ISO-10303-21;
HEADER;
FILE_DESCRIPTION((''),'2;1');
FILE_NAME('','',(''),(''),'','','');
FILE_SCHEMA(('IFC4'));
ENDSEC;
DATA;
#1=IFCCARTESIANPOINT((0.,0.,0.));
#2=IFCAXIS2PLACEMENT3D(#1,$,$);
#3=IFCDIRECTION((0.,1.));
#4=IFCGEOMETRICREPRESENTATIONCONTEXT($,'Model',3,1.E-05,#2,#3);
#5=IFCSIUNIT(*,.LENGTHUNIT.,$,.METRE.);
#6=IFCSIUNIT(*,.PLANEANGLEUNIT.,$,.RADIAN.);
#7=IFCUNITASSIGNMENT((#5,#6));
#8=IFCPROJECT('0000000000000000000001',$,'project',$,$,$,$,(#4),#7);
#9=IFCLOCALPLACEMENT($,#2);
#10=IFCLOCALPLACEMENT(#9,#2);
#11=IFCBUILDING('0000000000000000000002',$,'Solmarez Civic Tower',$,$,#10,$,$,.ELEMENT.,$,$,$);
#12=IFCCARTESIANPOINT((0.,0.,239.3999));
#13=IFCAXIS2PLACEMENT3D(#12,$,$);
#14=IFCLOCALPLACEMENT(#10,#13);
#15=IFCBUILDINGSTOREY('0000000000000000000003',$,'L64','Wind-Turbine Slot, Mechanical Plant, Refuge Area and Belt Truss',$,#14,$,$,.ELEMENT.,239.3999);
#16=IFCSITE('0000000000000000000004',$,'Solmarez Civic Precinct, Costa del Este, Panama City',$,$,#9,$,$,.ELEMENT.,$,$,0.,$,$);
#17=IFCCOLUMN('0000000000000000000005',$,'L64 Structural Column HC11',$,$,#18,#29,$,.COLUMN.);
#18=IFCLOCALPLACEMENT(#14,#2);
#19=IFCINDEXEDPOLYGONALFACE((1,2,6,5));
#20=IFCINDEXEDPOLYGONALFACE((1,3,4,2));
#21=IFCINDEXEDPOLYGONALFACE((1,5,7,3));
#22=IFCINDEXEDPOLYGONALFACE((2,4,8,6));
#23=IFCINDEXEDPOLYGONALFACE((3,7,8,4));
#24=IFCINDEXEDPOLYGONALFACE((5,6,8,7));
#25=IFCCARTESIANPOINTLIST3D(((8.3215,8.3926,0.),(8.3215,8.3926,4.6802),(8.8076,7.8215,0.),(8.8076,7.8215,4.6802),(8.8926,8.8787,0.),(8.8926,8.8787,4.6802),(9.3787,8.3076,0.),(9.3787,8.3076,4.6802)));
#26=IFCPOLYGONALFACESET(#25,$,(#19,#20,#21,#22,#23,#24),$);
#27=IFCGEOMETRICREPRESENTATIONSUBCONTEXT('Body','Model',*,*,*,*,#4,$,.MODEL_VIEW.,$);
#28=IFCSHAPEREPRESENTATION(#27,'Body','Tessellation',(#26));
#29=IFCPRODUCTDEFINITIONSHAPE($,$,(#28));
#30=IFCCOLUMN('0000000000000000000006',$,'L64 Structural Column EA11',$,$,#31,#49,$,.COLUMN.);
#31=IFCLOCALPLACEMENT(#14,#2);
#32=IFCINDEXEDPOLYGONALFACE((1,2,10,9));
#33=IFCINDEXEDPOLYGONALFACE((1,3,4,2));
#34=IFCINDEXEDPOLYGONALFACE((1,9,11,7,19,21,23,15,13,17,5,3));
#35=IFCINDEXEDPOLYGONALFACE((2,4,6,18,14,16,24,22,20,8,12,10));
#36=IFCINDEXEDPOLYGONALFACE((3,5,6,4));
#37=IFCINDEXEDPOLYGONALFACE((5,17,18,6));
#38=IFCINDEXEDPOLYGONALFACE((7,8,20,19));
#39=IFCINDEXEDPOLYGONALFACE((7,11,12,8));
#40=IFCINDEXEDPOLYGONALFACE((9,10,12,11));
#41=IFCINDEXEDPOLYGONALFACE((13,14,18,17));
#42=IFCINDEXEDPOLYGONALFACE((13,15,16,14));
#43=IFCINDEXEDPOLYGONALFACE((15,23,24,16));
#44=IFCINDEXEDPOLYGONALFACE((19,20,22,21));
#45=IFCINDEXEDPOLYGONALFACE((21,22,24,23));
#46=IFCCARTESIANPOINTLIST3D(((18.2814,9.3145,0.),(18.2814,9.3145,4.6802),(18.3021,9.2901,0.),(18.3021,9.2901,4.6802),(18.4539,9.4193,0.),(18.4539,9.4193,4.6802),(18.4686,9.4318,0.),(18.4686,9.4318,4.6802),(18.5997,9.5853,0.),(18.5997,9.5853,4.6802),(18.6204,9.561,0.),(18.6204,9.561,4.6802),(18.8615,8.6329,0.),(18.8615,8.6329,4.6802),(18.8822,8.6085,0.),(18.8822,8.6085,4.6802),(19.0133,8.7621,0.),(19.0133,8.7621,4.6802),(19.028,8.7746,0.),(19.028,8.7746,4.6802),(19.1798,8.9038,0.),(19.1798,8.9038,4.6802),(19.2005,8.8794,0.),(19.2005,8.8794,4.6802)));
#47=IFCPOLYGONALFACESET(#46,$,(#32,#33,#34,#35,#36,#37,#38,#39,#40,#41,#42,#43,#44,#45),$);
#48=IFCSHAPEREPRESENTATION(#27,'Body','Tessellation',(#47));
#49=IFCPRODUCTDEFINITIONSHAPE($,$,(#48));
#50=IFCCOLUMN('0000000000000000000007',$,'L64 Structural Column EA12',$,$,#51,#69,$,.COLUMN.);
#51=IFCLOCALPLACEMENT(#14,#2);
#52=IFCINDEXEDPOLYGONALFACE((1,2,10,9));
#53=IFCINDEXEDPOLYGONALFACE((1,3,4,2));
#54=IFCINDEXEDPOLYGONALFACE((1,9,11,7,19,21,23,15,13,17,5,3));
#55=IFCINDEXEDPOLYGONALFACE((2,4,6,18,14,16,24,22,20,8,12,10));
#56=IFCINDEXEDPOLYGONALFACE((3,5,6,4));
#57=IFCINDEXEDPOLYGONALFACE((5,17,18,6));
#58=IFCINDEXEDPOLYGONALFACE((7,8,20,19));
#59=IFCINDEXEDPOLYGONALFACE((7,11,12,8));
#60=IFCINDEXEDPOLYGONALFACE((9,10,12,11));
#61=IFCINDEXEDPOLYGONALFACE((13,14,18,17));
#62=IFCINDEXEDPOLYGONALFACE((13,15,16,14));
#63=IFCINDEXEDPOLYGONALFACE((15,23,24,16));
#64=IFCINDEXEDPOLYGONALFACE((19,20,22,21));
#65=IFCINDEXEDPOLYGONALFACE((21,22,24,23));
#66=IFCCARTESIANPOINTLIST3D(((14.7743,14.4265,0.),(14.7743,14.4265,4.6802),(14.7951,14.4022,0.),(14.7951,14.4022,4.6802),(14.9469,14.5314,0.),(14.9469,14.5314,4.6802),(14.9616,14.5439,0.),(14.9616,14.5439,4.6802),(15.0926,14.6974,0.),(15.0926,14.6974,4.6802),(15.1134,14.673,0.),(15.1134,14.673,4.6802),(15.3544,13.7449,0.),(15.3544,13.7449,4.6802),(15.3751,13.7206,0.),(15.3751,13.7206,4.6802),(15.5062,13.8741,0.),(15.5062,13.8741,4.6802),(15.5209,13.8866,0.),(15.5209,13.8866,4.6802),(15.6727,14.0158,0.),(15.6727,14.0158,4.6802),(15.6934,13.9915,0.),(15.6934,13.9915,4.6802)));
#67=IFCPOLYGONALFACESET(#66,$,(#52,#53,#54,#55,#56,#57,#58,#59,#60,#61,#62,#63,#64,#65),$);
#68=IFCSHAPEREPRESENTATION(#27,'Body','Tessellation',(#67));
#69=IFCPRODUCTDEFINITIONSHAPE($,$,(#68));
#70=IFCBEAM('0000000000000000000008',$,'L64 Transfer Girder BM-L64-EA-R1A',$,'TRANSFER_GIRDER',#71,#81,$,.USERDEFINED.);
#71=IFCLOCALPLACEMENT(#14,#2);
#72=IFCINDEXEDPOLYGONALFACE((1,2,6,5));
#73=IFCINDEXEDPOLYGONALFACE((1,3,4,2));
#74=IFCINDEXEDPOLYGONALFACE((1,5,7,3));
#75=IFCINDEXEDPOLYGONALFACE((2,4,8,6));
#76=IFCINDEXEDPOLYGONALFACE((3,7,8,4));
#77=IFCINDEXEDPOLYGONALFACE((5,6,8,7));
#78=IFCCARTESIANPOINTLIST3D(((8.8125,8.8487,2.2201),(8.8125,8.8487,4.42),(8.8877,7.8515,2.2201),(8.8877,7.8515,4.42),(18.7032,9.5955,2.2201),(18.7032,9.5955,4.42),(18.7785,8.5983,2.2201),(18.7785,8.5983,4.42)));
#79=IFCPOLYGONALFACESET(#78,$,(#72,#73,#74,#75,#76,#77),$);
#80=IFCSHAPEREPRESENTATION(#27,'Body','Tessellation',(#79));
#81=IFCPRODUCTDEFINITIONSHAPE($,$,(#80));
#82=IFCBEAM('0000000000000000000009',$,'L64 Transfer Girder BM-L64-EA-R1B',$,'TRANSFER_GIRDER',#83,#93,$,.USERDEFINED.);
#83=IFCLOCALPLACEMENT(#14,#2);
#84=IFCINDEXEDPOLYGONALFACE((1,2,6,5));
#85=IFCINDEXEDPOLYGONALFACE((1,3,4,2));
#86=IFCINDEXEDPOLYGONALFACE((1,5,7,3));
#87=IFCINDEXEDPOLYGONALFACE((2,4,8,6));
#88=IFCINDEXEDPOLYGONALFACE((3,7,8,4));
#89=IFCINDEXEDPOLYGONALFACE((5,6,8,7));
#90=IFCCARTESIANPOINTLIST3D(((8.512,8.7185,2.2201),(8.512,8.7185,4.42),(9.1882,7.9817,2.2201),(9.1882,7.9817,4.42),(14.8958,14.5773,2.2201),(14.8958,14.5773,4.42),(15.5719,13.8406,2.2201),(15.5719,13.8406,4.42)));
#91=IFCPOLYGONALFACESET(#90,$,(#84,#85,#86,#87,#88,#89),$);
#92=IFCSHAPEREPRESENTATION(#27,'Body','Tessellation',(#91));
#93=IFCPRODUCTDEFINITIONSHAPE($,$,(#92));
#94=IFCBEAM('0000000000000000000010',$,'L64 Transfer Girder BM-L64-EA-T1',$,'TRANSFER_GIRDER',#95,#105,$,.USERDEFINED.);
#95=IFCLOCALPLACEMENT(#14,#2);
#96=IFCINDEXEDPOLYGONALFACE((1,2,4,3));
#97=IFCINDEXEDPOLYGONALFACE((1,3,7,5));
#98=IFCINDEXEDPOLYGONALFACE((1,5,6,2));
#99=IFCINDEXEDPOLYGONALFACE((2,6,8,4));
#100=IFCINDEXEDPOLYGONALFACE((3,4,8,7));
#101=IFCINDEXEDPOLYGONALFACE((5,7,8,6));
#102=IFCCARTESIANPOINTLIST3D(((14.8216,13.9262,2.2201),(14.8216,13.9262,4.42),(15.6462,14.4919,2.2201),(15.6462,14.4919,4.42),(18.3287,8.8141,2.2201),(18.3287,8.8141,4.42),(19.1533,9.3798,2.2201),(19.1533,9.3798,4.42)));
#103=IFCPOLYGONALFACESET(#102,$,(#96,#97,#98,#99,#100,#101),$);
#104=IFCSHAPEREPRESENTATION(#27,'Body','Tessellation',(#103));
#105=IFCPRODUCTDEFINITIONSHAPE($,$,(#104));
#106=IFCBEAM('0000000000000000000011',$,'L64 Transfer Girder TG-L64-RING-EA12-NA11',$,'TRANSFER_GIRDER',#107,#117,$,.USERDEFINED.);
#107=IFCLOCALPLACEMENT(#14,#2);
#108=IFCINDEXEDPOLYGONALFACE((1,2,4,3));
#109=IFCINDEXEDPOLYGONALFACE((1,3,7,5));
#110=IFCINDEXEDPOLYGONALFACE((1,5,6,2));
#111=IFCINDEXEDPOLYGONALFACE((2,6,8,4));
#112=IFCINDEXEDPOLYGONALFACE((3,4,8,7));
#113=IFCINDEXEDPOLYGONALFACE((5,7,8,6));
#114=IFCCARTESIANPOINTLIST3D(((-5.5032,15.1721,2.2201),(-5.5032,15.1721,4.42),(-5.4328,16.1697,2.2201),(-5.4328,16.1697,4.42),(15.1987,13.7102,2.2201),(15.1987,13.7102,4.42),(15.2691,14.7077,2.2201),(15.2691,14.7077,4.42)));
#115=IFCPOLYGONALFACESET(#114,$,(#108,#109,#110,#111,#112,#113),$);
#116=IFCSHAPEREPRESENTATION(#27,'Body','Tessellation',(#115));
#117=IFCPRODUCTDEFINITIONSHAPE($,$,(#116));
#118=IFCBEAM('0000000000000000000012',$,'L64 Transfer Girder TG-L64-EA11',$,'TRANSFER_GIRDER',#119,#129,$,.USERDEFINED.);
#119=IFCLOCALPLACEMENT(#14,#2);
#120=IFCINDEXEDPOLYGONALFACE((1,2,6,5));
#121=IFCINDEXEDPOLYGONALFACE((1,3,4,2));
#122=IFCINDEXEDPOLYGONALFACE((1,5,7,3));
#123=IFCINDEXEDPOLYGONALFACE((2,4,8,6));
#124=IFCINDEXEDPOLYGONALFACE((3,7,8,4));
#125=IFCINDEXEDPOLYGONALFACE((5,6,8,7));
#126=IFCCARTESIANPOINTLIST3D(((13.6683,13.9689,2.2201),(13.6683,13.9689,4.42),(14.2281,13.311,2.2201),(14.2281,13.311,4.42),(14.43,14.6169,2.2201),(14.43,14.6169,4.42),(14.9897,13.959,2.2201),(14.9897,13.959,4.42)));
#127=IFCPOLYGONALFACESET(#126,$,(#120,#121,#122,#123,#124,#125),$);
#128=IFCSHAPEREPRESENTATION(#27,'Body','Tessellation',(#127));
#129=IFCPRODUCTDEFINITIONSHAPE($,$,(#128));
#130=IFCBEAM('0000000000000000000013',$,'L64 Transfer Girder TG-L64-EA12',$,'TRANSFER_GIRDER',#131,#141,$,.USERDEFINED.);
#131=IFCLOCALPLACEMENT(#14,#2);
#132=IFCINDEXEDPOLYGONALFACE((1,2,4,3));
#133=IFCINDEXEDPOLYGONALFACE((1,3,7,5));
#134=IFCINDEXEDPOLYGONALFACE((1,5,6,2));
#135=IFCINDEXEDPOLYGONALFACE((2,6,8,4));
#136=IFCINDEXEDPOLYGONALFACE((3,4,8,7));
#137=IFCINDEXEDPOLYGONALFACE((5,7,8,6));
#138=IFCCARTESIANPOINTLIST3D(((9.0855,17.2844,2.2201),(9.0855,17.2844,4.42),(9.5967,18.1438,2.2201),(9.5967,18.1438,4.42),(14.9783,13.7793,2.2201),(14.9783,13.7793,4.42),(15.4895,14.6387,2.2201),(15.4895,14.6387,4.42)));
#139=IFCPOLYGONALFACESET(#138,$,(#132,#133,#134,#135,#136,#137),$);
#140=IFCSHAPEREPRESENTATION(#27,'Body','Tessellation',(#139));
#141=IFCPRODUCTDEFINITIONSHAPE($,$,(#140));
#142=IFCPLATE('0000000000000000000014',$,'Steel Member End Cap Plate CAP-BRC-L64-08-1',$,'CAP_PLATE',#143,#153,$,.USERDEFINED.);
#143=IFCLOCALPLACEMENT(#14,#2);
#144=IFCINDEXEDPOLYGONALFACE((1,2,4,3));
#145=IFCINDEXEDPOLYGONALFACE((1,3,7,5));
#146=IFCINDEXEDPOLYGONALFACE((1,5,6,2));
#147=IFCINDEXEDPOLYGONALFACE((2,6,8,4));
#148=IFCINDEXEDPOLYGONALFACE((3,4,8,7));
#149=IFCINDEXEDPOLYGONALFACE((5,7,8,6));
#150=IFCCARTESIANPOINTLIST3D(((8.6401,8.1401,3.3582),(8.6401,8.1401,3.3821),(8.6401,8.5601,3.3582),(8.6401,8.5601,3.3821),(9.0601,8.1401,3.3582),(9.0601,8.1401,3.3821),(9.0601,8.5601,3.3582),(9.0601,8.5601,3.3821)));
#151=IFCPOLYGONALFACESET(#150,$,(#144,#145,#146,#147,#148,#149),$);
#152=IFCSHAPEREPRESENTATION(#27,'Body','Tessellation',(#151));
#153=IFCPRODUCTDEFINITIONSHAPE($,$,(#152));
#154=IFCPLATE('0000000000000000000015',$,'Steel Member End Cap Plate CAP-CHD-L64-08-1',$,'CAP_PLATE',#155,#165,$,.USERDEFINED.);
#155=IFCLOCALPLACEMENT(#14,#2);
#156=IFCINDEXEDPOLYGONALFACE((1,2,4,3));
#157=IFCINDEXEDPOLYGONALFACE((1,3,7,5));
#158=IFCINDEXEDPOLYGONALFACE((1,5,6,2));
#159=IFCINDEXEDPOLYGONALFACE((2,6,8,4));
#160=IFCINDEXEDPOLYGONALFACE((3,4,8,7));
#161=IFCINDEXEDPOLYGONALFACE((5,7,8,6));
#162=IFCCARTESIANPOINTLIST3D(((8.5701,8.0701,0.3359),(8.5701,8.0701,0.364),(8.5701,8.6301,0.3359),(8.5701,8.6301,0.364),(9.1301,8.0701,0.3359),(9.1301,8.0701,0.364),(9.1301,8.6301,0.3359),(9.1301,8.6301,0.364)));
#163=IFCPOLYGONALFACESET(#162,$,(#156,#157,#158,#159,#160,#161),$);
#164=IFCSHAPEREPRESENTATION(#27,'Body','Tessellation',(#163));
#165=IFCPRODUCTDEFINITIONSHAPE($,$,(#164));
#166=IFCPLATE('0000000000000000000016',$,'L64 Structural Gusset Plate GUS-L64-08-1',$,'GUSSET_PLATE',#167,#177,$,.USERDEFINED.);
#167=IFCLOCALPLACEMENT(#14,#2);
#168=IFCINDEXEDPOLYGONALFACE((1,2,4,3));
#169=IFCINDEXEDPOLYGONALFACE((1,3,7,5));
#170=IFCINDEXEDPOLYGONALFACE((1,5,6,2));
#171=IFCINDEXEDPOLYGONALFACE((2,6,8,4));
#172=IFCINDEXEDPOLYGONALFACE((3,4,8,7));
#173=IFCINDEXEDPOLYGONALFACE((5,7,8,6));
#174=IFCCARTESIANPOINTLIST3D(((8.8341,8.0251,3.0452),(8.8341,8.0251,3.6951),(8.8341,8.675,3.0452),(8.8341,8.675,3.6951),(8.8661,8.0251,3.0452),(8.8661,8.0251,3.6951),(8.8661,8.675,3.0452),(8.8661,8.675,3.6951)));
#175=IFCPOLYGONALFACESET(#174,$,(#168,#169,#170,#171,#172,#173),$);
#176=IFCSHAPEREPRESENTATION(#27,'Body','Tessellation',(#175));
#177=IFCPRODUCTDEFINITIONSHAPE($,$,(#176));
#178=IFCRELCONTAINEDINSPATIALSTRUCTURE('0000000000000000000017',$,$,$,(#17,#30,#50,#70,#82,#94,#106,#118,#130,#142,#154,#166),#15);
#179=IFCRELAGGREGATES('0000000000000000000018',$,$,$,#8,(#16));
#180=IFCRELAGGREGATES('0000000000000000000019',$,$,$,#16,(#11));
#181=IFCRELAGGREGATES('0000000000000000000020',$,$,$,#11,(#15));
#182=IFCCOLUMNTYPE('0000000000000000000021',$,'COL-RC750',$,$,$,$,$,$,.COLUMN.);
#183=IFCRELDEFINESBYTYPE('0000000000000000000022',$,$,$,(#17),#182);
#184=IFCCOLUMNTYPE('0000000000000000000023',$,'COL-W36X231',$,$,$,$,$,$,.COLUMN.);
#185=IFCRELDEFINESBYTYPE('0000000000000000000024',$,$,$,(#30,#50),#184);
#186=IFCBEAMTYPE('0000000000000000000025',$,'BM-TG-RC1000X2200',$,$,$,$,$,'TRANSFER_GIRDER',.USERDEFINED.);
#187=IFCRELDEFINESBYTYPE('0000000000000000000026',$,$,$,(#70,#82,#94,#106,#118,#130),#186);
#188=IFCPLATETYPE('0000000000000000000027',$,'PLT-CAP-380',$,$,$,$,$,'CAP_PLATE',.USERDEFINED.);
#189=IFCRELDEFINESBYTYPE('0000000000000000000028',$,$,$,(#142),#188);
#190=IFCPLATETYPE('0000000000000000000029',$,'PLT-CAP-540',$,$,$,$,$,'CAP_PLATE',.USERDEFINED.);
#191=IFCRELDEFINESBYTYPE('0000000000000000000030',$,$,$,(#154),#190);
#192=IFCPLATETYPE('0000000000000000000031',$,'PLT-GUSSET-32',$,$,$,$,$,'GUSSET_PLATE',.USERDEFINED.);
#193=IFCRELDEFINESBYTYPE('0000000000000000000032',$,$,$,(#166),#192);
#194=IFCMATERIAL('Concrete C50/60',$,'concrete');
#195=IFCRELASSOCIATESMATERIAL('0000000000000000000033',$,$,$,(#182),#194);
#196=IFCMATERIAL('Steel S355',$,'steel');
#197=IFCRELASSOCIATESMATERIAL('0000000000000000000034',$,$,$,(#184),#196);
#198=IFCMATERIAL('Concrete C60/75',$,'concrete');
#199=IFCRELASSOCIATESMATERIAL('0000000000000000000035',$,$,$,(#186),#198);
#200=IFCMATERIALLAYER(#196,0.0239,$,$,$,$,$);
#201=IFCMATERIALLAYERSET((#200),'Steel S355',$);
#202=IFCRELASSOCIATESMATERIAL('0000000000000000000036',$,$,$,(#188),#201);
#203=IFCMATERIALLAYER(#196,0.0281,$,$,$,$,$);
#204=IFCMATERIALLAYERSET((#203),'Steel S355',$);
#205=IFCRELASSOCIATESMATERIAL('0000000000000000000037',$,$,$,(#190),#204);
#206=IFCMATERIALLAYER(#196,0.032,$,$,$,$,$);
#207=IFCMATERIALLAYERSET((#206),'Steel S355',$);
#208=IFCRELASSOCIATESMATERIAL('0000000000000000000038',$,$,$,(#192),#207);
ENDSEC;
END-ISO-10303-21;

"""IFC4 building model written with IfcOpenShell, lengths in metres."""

from ifc_helpers import new_model, si_unit, direction, frame, origin, origin_2d, place, context, subcontext, project, spatial, rectangle, i_section, extrude, material, layer, layer_set, material_profile, profile_set, type_object, element, save


model = new_model("IFC4")

# Units and contexts
model_context = context("Model", 3, precision=1e-05, world=origin(), true_north=direction((0.0, 1.0)))
body_context = subcontext(model_context, "Body", "Model", "MODEL_VIEW")
ifc_project = project(units=[si_unit("LENGTHUNIT", "METRE"), si_unit("PLANEANGLEUNIT", "RADIAN")], contexts=[model_context])

# Site, building, storey
site_placement = place(None, origin())
site = spatial("IfcSite", under=ifc_project, at=site_placement, Name="Solmarez Civic Precinct, Costa del Este, Panama City", CompositionType="ELEMENT", RefElevation=0.0)
building_placement = place(site_placement, origin())
building = spatial("IfcBuilding", under=site, at=building_placement, Name="Solmarez Civic Tower", CompositionType="ELEMENT")
storey_placement = place(building_placement, frame((0.0, 0.0, 239.3999)))
storey = spatial("IfcBuildingStorey", under=building, at=storey_placement, Name="L64", Description="Wind-Turbine Slot, Mechanical Plant, Refuge Area and Belt Truss", CompositionType="ELEMENT", Elevation=239.3999)

# Columns
ifc_material_1 = material(Name="Concrete C50/60", Category="concrete")
ifc_material_profile_1 = material_profile(ifc_material_1, rectangle(XDim=0.75, YDim=0.75, at=origin_2d()), Name="RC750X750")
ifc_profile_set_1 = profile_set([ifc_material_profile_1], Name="Concrete C50/60")
column_type_1 = type_object("IfcColumnType", Name="COL-RC750", PredefinedType="COLUMN", material=ifc_profile_set_1)
column_placement = place(storey_placement, frame((8.8501, 8.3501, 0.0), z_axis=(0.0, 0.0, 1.0), x_axis=(0.761538, 0.64812, 0.0)))
element("IfcColumn", 1, at=column_placement, inside=storey, type_object=column_type_1, Name="L64 Structural Column HC11", PredefinedType="COLUMN", context=body_context, shape_type="SweptSolid", body=[
    extrude(rectangle(XDim=0.75, YDim=0.75, at=origin_2d()), origin(), (0.0, 0.0, 1.0), 4.6802),
])
ifc_material_2 = material(Name="Steel S355", Category="steel")
ifc_material_profile_2 = material_profile(ifc_material_2, i_section(OverallWidth=0.418, OverallDepth=0.927, WebThickness=0.0193, FlangeThickness=0.032, at=origin_2d()), Name="W36X231")
ifc_profile_set_2 = profile_set([ifc_material_profile_2], Name="Steel S355")
column_type_2 = type_object("IfcColumnType", Name="COL-W36X231", PredefinedType="COLUMN", material=ifc_profile_set_2)
for number, where, z_axis, x_axis, name in (
    (2, (18.741, 9.0969, 0.0), (0.0, 0.0, 1.0), (0.761538, 0.64812, 0.0), "L64 Structural Column EA11"),
    (3, (15.2339, 14.209, 0.0), (0.0, 0.0, 1.0), (0.761538, 0.64812, 0.0), "L64 Structural Column EA12"),
):
    element("IfcColumn", number, at=place(storey_placement, frame(where, z_axis=z_axis, x_axis=x_axis)), inside=storey, type_object=column_type_2, Name=name, PredefinedType="COLUMN", context=body_context, shape_type="SweptSolid", body=[
        extrude(i_section(OverallWidth=0.418, OverallDepth=0.927, WebThickness=0.0193, FlangeThickness=0.032, at=origin_2d()), origin(), (0.0, 0.0, 1.0), 4.6802),
    ])

# Beams
ifc_material_3 = material(Name="Concrete C60/75", Category="concrete")
ifc_material_profile_3 = material_profile(ifc_material_3, rectangle(XDim=1.0, YDim=2.2, at=origin_2d()), Name="RC1000X2200")
ifc_profile_set_3 = profile_set([ifc_material_profile_3], Name="Concrete C60/75")
beam_type = type_object("IfcBeamType", Name="BM-TG-RC1000X2200", ElementType="TRANSFER_GIRDER", PredefinedType="USERDEFINED", material=ifc_profile_set_3)
beam_1_placement = place(storey_placement, frame((8.8501, 8.3501, 3.3201), z_axis=(0.997162, 0.075292, 0.0), x_axis=(-0.075292, 0.997162, 0.0)))
element("IfcBeam", 4, at=beam_1_placement, inside=storey, type_object=beam_type, Name="L64 Transfer Girder BM-L64-EA-R1A", ObjectType="TRANSFER_GIRDER", PredefinedType="USERDEFINED", context=body_context, shape_type="SweptSolid", body=[
    extrude(rectangle(XDim=1.0, YDim=2.2, at=origin_2d()), origin(), (0.0, 0.0, 1.0), 9.9189),
])
beam_2_placement = place(storey_placement, frame((8.8501, 8.3501, 3.3201), z_axis=(0.736747, 0.676169, 0.0), x_axis=(-0.676169, 0.736747, 0.0)))
element("IfcBeam", 5, at=beam_2_placement, inside=storey, type_object=beam_type, Name="L64 Transfer Girder BM-L64-EA-R1B", ObjectType="TRANSFER_GIRDER", PredefinedType="USERDEFINED", context=body_context, shape_type="SweptSolid", body=[
    extrude(rectangle(XDim=1.0, YDim=2.2, at=origin_2d()), origin(), (0.0, 0.0, 1.0), 8.6648),
])
beam_3_placement = place(storey_placement, frame((18.741, 9.0969, 3.3201), z_axis=(-0.565711, 0.824603, 0.0), x_axis=(-0.824603, -0.565711, 0.0)))
element("IfcBeam", 6, at=beam_3_placement, inside=storey, type_object=beam_type, Name="L64 Transfer Girder BM-L64-EA-T1", ObjectType="TRANSFER_GIRDER", PredefinedType="USERDEFINED", context=body_context, shape_type="SweptSolid", body=[
    extrude(rectangle(XDim=1.0, YDim=2.2, at=origin_2d()), origin(), (0.0, 0.0, 1.0), 6.1995),
])
beam_4_placement = place(storey_placement, frame((15.2339, 14.209, 3.3201), z_axis=(-0.997516, 0.070442, 0.0), x_axis=(-0.070442, -0.997516, 0.0)))
element("IfcBeam", 7, at=beam_4_placement, inside=storey, type_object=beam_type, Name="L64 Transfer Girder TG-L64-RING-EA12-NA11", ObjectType="TRANSFER_GIRDER", PredefinedType="USERDEFINED", context=body_context, shape_type="SweptSolid", body=[
    extrude(rectangle(XDim=1.0, YDim=2.2, at=origin_2d()), origin(), (0.0, 0.0, 1.0), 20.7534),
])
beam_5_placement = place(storey_placement, frame((14.6089, 13.635, 3.3201), z_axis=(-0.648017, 0.761625, 0.0), x_axis=(-0.761625, -0.648017, 0.0)))
element("IfcBeam", 8, at=beam_5_placement, inside=storey, type_object=beam_type, Name="L64 Transfer Girder TG-L64-EA11", ObjectType="TRANSFER_GIRDER", PredefinedType="USERDEFINED", context=body_context, shape_type="SweptSolid", body=[
    extrude(rectangle(XDim=1.0, YDim=2.2, at=origin_2d()), origin(), (0.0, 0.0, 1.0), 0.8638),
])
beam_6_placement = place(storey_placement, frame((15.2339, 14.209, 3.3201), z_axis=(-0.859453, 0.511214, 0.0), x_axis=(-0.511214, -0.859453, 0.0)))
element("IfcBeam", 9, at=beam_6_placement, inside=storey, type_object=beam_type, Name="L64 Transfer Girder TG-L64-EA12", ObjectType="TRANSFER_GIRDER", PredefinedType="USERDEFINED", context=body_context, shape_type="SweptSolid", body=[
    extrude(rectangle(XDim=1.0, YDim=2.2, at=origin_2d()), origin(), (0.0, 0.0, 1.0), 6.8564),
])

# Plates
ifc_layer_1 = layer(ifc_material_2, 0.0239)
ifc_layer_set_1 = layer_set([ifc_layer_1], Name="Steel S355")
plate_type_1 = type_object("IfcPlateType", Name="PLT-CAP-380", ElementType="CAP_PLATE", PredefinedType="USERDEFINED", material=ifc_layer_set_1)
plate_1_placement = place(storey_placement, frame((8.8501, 8.3501, 3.3582), z_axis=(0.0, 0.0, 1.0), x_axis=(1.0, 0.0, 0.0)))
element("IfcPlate", 10, at=plate_1_placement, inside=storey, type_object=plate_type_1, Name="Steel Member End Cap Plate CAP-BRC-L64-08-1", ObjectType="CAP_PLATE", PredefinedType="USERDEFINED", context=body_context, shape_type="SweptSolid", body=[
    extrude(rectangle(XDim=0.4199, YDim=0.4199, at=origin_2d()), origin(), (0.0, 0.0, 1.0), 0.0239),
])
ifc_layer_2 = layer(ifc_material_2, 0.0281)
ifc_layer_set_2 = layer_set([ifc_layer_2], Name="Steel S355")
plate_type_2 = type_object("IfcPlateType", Name="PLT-CAP-540", ElementType="CAP_PLATE", PredefinedType="USERDEFINED", material=ifc_layer_set_2)
plate_2_placement = place(storey_placement, frame((8.8501, 8.3501, 0.3359), z_axis=(0.0, 0.0, 1.0), x_axis=(1.0, 0.0, 0.0)))
element("IfcPlate", 11, at=plate_2_placement, inside=storey, type_object=plate_type_2, Name="Steel Member End Cap Plate CAP-CHD-L64-08-1", ObjectType="CAP_PLATE", PredefinedType="USERDEFINED", context=body_context, shape_type="SweptSolid", body=[
    extrude(rectangle(XDim=0.5601, YDim=0.5601, at=origin_2d()), origin(), (0.0, 0.0, 1.0), 0.0281),
])
ifc_layer_3 = layer(ifc_material_2, 0.032)
ifc_layer_set_3 = layer_set([ifc_layer_3], Name="Steel S355")
plate_type_3 = type_object("IfcPlateType", Name="PLT-GUSSET-32", ElementType="GUSSET_PLATE", PredefinedType="USERDEFINED", material=ifc_layer_set_3)
plate_3_placement = place(storey_placement, frame((8.8501, 8.3501, 3.0452), z_axis=(0.0, 0.0, 1.0), x_axis=(0.0, 1.0, 0.0)))
element("IfcPlate", 12, at=plate_3_placement, inside=storey, type_object=plate_type_3, Name="L64 Structural Gusset Plate GUS-L64-08-1", ObjectType="GUSSET_PLATE", PredefinedType="USERDEFINED", context=body_context, shape_type="SweptSolid", body=[
    extrude(rectangle(XDim=0.6499, YDim=0.032, at=origin_2d()), origin(), (0.0, 0.0, 1.0), 0.6499),
])

save(model, "model.ifc")
